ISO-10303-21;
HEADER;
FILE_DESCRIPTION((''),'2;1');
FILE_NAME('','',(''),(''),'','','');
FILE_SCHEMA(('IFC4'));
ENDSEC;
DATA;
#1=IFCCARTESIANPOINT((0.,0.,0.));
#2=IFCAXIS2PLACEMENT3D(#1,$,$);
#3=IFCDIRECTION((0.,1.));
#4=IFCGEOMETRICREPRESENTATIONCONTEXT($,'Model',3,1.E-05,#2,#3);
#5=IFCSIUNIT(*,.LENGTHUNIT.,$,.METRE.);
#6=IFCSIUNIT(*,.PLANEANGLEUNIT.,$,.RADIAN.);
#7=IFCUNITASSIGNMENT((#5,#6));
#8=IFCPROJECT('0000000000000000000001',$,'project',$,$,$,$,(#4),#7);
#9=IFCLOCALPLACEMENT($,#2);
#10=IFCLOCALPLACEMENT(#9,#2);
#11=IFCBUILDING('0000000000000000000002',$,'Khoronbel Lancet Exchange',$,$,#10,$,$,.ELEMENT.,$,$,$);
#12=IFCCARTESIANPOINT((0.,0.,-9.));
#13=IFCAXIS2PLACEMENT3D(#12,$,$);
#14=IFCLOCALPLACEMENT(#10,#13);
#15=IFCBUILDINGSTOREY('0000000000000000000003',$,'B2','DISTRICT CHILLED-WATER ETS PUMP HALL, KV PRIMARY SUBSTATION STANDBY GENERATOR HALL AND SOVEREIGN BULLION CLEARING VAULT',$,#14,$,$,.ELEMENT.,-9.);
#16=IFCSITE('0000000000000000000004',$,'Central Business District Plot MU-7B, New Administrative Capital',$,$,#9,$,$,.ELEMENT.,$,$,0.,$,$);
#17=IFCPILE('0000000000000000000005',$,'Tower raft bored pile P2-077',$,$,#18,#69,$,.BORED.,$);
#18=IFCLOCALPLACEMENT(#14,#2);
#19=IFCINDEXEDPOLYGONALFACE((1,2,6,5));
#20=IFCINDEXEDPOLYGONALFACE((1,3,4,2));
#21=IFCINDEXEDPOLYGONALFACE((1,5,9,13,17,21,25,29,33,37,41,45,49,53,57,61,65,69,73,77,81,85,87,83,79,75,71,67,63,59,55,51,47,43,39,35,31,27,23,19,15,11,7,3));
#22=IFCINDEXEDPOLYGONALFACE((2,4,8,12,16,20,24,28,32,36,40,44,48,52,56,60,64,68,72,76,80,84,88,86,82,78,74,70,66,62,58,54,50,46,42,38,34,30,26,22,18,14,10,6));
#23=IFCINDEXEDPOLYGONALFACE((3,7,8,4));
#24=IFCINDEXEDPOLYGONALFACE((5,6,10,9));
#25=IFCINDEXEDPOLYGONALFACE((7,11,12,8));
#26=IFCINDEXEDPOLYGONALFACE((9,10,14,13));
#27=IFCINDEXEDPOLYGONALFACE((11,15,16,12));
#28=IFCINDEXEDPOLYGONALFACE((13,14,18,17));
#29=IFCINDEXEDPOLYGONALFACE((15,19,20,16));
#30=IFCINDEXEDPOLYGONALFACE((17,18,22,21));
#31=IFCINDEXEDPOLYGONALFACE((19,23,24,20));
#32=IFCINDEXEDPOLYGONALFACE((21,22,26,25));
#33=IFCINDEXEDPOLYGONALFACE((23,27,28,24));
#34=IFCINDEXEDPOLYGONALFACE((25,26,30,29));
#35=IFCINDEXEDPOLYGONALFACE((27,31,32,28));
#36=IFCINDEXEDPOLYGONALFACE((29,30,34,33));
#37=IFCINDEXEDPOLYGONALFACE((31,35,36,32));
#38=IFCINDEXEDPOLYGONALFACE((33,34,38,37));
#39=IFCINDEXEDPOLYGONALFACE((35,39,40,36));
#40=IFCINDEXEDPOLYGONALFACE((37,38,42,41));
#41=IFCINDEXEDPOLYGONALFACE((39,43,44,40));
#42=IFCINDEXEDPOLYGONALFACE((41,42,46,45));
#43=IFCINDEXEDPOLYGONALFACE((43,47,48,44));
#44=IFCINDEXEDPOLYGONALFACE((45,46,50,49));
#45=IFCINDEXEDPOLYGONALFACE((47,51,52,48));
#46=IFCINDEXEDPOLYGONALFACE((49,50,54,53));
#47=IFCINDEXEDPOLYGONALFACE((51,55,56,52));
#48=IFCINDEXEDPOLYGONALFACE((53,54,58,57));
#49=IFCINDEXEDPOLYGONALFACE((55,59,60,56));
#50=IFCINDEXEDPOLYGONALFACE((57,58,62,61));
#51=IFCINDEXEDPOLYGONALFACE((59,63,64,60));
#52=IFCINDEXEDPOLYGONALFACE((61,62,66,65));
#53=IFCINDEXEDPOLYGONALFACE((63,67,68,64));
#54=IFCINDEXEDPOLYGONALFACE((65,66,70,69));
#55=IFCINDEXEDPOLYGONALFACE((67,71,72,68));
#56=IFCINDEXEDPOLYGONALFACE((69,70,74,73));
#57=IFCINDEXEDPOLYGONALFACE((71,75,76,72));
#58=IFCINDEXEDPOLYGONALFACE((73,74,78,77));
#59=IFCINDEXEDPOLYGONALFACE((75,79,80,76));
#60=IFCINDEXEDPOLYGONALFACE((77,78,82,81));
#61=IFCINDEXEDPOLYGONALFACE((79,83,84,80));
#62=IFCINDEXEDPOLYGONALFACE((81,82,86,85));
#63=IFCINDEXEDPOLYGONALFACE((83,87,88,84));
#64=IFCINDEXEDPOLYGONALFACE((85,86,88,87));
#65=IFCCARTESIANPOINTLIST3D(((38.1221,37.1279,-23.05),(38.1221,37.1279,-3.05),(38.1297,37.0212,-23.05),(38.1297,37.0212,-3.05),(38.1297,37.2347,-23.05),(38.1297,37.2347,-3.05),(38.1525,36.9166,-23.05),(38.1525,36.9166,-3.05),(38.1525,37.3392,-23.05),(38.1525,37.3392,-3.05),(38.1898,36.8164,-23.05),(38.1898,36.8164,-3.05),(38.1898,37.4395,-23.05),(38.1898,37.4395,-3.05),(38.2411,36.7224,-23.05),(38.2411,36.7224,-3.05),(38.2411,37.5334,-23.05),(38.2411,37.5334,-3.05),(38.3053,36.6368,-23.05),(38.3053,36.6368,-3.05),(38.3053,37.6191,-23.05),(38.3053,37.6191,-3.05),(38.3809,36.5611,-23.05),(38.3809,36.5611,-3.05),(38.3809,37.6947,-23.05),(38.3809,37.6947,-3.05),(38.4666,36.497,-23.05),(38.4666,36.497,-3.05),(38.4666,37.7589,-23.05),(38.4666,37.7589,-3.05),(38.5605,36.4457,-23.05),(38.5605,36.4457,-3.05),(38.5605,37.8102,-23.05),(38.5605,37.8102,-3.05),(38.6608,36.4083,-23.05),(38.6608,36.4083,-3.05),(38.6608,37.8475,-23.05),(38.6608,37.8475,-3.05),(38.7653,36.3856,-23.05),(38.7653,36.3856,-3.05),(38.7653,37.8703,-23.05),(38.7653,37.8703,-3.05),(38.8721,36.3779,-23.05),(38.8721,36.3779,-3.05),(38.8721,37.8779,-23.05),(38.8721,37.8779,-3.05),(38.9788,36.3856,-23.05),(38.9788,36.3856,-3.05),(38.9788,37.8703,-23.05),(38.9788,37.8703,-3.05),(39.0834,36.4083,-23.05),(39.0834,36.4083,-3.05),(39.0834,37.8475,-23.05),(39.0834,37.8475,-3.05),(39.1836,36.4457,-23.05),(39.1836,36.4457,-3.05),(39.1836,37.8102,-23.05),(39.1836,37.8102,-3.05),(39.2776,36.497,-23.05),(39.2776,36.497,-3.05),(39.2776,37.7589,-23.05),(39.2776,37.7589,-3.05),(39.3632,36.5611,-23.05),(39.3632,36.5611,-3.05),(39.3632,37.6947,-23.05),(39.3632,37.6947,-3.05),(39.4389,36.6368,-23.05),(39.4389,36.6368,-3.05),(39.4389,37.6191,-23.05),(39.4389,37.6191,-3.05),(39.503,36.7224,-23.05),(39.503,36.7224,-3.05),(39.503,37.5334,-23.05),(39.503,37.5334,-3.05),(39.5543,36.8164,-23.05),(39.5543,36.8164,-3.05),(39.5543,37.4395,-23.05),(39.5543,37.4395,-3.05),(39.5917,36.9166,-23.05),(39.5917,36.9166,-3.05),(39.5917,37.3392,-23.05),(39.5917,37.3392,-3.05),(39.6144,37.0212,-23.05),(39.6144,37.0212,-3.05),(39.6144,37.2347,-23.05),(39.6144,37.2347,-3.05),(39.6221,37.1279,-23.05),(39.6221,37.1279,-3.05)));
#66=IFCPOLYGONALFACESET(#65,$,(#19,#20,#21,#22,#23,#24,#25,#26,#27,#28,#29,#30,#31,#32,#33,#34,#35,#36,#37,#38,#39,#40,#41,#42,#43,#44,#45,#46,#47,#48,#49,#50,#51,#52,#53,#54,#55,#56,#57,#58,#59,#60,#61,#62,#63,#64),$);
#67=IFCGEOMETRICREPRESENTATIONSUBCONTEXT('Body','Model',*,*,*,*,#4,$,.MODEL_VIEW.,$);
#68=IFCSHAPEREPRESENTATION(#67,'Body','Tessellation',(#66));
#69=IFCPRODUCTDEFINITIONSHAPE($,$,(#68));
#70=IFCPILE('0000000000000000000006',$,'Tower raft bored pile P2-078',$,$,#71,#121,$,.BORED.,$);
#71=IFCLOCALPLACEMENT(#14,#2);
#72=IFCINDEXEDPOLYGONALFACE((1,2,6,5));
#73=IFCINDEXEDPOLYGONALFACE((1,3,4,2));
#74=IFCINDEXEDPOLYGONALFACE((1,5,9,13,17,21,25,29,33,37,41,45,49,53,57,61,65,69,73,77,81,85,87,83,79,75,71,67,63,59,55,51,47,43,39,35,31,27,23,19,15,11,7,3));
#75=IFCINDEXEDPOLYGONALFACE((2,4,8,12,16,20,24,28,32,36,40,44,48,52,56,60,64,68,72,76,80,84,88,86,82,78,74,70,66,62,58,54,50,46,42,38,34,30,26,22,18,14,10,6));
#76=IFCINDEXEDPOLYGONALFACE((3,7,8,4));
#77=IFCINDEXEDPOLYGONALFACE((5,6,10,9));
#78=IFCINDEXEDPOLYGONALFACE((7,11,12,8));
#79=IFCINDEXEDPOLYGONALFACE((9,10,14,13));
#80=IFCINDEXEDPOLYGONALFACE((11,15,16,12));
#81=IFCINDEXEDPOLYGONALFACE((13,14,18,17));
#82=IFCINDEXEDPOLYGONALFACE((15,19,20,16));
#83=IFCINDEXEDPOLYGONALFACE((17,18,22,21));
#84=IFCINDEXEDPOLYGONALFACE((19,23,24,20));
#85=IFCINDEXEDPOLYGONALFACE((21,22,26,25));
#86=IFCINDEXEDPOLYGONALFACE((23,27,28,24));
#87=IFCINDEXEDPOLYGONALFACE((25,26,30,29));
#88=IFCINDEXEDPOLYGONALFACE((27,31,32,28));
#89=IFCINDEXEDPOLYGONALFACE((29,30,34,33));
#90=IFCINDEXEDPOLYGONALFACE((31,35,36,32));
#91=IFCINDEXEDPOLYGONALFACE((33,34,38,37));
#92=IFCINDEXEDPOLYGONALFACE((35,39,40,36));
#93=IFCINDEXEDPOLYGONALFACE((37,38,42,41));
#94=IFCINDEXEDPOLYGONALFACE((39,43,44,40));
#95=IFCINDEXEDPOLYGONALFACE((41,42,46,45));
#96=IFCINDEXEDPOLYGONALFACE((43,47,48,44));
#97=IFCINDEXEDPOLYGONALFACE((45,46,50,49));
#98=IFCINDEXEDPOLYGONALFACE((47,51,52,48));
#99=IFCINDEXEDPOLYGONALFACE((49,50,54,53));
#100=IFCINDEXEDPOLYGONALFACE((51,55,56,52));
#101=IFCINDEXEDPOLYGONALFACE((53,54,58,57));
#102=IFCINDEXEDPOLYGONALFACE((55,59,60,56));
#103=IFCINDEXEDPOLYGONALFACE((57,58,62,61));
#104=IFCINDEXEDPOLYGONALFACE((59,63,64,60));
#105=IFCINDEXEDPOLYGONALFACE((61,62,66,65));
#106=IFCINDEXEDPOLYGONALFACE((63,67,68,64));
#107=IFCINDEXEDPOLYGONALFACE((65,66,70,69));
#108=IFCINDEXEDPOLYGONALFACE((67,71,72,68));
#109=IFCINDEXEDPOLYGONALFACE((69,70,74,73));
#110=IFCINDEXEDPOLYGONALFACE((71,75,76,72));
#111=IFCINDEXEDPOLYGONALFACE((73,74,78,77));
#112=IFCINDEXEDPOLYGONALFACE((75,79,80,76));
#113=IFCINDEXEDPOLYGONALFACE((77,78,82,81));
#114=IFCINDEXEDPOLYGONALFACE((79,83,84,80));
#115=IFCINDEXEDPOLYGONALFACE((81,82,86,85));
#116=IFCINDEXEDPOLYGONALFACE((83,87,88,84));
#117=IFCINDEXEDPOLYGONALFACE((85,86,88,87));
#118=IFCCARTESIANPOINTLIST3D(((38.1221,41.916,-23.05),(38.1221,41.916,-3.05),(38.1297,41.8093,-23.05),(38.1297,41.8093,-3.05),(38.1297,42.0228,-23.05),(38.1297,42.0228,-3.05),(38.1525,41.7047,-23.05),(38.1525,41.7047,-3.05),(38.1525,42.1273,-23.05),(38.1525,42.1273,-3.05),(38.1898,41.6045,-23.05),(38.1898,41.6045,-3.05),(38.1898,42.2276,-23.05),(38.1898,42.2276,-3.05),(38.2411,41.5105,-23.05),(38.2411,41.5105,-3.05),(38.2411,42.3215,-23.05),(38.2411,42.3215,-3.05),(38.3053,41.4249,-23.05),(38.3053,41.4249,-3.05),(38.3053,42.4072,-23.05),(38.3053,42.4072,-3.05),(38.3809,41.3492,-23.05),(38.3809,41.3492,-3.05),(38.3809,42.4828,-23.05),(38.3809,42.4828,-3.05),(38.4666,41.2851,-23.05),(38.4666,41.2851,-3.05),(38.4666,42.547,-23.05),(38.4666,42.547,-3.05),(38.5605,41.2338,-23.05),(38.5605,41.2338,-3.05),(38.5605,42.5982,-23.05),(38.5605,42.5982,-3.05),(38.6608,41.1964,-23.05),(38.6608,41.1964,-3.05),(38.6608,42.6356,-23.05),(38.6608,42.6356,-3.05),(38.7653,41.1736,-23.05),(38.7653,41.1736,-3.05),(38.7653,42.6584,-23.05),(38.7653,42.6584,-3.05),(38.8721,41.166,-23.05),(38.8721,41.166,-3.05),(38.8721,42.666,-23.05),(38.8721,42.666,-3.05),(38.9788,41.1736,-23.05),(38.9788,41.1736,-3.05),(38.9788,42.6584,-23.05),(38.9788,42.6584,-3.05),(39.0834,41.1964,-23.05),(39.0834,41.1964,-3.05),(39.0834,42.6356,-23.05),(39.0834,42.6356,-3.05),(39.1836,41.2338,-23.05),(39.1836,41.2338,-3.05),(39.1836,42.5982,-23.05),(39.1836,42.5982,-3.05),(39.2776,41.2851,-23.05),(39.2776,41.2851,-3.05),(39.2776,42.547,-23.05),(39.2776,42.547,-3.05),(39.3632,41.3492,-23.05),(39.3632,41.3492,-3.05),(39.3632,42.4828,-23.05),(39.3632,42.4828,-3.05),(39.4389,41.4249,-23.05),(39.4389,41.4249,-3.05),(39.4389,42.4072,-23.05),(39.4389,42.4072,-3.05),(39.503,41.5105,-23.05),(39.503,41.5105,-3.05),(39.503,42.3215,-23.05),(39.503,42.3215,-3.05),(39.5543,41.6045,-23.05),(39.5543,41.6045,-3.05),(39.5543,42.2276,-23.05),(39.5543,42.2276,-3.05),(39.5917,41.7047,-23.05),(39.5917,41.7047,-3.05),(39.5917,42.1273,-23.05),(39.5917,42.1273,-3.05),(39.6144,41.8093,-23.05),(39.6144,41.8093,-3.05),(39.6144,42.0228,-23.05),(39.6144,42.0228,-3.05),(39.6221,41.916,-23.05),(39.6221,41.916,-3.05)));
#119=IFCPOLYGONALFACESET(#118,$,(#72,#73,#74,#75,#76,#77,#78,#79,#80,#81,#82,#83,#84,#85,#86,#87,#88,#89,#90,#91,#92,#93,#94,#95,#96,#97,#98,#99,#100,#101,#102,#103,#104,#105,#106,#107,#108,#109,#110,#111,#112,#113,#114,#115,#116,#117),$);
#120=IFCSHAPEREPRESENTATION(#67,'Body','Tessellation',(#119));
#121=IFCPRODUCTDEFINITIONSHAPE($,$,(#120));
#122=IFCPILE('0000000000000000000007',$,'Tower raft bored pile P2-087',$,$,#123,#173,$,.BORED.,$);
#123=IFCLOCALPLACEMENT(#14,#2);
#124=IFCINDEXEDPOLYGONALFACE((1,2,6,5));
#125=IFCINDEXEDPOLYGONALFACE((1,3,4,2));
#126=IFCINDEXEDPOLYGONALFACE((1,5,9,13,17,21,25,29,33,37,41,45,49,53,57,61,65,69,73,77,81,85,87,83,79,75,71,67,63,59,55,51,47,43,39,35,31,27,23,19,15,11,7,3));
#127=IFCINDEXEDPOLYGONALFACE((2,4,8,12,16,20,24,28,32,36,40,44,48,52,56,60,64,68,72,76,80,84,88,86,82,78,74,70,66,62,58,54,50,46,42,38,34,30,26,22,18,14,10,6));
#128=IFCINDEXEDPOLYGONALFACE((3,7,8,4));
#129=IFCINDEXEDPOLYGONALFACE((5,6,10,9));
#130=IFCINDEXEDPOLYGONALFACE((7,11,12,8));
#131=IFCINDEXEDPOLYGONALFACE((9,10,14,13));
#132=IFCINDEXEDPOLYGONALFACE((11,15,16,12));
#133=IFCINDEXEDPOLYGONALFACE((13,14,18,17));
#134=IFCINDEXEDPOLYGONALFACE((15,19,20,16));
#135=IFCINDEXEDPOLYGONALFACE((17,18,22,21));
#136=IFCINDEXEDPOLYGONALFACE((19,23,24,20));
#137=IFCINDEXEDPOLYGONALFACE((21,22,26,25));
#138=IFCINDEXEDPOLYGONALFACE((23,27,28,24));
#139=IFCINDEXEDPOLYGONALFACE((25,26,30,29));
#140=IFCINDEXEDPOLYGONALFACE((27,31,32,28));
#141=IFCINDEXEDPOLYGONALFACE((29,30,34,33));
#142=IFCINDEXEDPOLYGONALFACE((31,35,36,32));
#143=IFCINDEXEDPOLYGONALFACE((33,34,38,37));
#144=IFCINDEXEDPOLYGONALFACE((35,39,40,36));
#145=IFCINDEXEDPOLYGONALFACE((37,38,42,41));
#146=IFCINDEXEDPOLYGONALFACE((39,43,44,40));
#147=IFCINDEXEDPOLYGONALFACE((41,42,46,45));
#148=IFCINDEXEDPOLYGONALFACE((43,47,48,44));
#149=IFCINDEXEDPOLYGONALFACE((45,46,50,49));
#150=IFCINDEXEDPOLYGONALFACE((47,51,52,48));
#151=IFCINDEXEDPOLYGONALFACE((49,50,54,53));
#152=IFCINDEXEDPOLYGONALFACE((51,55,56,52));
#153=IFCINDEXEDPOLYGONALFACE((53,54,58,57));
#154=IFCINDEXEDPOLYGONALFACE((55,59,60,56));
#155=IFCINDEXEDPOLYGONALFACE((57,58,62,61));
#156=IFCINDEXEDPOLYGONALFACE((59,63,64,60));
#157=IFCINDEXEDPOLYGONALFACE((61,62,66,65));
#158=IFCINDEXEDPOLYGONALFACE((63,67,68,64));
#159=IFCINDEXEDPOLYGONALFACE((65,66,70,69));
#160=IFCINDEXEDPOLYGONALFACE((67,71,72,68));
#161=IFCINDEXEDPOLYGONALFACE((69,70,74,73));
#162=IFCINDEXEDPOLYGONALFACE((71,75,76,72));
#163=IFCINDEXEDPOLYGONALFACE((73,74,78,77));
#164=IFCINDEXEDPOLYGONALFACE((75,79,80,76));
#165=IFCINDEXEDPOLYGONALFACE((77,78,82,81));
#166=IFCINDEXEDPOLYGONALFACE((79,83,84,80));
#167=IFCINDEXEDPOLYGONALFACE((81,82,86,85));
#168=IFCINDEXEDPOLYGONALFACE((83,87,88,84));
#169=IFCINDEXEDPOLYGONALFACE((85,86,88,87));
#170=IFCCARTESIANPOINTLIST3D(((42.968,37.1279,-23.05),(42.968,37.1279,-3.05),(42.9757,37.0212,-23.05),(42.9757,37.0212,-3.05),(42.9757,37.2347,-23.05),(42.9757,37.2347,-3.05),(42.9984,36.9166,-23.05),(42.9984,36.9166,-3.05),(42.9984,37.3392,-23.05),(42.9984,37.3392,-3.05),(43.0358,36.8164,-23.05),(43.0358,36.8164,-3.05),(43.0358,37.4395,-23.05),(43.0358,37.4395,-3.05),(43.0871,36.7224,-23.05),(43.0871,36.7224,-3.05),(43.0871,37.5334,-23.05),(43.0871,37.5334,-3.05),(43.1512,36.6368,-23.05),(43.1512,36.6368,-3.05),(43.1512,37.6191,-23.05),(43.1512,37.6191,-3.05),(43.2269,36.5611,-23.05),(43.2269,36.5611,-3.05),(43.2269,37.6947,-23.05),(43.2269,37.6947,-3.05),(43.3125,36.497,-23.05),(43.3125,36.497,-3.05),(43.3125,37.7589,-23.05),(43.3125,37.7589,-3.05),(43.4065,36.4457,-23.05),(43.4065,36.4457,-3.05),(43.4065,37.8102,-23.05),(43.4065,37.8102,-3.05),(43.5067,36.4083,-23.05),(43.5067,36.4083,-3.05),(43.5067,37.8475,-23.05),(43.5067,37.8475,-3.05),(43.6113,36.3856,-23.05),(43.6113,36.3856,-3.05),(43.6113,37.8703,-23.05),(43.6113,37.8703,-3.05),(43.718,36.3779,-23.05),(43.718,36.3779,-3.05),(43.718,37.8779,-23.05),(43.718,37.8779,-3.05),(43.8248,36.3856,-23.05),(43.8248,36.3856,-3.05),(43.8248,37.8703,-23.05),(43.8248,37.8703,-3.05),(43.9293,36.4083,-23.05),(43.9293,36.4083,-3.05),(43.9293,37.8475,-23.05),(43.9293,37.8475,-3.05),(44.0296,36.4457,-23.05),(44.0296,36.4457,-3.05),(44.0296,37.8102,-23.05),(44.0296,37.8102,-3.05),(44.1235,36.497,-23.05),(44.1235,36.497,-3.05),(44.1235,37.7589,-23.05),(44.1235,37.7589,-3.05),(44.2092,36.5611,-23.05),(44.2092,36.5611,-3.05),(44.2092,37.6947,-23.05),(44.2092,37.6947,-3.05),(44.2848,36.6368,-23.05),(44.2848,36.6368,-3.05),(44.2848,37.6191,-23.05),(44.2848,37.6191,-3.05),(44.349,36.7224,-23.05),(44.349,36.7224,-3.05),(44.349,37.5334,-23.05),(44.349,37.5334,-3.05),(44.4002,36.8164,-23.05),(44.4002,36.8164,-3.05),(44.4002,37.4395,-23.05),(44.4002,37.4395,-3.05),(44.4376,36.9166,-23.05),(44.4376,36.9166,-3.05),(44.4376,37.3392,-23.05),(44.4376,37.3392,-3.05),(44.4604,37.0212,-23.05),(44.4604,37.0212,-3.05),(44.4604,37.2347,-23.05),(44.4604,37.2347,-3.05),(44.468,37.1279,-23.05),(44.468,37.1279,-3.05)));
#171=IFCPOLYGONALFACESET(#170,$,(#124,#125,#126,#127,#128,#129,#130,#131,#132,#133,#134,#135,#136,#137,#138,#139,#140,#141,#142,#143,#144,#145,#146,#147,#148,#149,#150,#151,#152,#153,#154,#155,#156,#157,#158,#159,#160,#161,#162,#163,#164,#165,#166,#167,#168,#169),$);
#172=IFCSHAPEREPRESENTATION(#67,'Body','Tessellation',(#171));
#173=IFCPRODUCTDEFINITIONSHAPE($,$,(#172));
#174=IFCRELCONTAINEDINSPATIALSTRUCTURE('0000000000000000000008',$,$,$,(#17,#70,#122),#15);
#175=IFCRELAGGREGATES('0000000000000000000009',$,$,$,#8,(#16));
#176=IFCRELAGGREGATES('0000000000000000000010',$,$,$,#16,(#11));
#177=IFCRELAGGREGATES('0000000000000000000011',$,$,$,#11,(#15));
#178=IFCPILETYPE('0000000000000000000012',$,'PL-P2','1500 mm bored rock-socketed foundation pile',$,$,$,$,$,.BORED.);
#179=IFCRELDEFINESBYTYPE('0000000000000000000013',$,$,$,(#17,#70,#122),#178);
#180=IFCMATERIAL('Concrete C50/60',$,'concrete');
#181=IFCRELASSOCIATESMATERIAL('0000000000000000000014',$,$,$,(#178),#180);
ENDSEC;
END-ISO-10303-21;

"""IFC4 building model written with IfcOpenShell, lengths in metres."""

from ifc_helpers import new_model, si_unit, direction, frame, origin, origin_2d, place, context, subcontext, project, spatial, circle, extrude, material, material_profile, profile_set, type_object, element, save


model = new_model("IFC4")

# Units and contexts
model_context = context("Model", 3, precision=1e-05, world=origin(), true_north=direction((0.0, 1.0)))
body_context = subcontext(model_context, "Body", "Model", "MODEL_VIEW")
ifc_project = project(units=[si_unit("LENGTHUNIT", "METRE"), si_unit("PLANEANGLEUNIT", "RADIAN")], contexts=[model_context])

# Site, building, storey
site_placement = place(None, origin())
site = spatial("IfcSite", under=ifc_project, at=site_placement, Name="Central Business District Plot MU-7B, New Administrative Capital", CompositionType="ELEMENT", RefElevation=0.0)
building_placement = place(site_placement, origin())
building = spatial("IfcBuilding", under=site, at=building_placement, Name="Khoronbel Lancet Exchange", CompositionType="ELEMENT")
storey_placement = place(building_placement, frame((0.0, 0.0, -9.0)))
storey = spatial("IfcBuildingStorey", under=building, at=storey_placement, Name="B2", Description="DISTRICT CHILLED-WATER ETS PUMP HALL, KV PRIMARY SUBSTATION STANDBY GENERATOR HALL AND SOVEREIGN BULLION CLEARING VAULT", CompositionType="ELEMENT", Elevation=-9.0)

# Piles
ifc_material_1 = material(Name="Concrete C50/60", Category="concrete")
ifc_material_profile_1 = material_profile(ifc_material_1, circle(Radius=0.75, at=origin_2d()), Name="BORED PILE D1500")
ifc_profile_set_1 = profile_set([ifc_material_profile_1], Name="Concrete C50/60")
pile_type = type_object("IfcPileType", Name="PL-P2", Description="1500 mm bored rock-socketed foundation pile", PredefinedType="BORED", material=ifc_profile_set_1)
for number, where, z_axis, x_axis, name in (
    (1, (38.8721, 37.1279, -3.05), (0.0, 0.0, -1.0), (1.0, 0.0, 0.0), "Tower raft bored pile P2-077"),
    (2, (38.8721, 41.916, -3.05), (0.0, 0.0, -1.0), (1.0, 0.0, 0.0), "Tower raft bored pile P2-078"),
    (3, (43.718, 37.1279, -3.05), (0.0, 0.0, -1.0), (1.0, 0.0, 0.0), "Tower raft bored pile P2-087"),
):
    element("IfcPile", number, at=place(storey_placement, frame(where, z_axis=z_axis, x_axis=x_axis)), inside=storey, type_object=pile_type, Name=name, PredefinedType="BORED", context=body_context, shape_type="SweptSolid", body=[
        extrude(circle(Radius=0.75, at=origin_2d()), origin(), (0.0, 0.0, 1.0), 20.0),
    ])

save(model, "model.ifc")
